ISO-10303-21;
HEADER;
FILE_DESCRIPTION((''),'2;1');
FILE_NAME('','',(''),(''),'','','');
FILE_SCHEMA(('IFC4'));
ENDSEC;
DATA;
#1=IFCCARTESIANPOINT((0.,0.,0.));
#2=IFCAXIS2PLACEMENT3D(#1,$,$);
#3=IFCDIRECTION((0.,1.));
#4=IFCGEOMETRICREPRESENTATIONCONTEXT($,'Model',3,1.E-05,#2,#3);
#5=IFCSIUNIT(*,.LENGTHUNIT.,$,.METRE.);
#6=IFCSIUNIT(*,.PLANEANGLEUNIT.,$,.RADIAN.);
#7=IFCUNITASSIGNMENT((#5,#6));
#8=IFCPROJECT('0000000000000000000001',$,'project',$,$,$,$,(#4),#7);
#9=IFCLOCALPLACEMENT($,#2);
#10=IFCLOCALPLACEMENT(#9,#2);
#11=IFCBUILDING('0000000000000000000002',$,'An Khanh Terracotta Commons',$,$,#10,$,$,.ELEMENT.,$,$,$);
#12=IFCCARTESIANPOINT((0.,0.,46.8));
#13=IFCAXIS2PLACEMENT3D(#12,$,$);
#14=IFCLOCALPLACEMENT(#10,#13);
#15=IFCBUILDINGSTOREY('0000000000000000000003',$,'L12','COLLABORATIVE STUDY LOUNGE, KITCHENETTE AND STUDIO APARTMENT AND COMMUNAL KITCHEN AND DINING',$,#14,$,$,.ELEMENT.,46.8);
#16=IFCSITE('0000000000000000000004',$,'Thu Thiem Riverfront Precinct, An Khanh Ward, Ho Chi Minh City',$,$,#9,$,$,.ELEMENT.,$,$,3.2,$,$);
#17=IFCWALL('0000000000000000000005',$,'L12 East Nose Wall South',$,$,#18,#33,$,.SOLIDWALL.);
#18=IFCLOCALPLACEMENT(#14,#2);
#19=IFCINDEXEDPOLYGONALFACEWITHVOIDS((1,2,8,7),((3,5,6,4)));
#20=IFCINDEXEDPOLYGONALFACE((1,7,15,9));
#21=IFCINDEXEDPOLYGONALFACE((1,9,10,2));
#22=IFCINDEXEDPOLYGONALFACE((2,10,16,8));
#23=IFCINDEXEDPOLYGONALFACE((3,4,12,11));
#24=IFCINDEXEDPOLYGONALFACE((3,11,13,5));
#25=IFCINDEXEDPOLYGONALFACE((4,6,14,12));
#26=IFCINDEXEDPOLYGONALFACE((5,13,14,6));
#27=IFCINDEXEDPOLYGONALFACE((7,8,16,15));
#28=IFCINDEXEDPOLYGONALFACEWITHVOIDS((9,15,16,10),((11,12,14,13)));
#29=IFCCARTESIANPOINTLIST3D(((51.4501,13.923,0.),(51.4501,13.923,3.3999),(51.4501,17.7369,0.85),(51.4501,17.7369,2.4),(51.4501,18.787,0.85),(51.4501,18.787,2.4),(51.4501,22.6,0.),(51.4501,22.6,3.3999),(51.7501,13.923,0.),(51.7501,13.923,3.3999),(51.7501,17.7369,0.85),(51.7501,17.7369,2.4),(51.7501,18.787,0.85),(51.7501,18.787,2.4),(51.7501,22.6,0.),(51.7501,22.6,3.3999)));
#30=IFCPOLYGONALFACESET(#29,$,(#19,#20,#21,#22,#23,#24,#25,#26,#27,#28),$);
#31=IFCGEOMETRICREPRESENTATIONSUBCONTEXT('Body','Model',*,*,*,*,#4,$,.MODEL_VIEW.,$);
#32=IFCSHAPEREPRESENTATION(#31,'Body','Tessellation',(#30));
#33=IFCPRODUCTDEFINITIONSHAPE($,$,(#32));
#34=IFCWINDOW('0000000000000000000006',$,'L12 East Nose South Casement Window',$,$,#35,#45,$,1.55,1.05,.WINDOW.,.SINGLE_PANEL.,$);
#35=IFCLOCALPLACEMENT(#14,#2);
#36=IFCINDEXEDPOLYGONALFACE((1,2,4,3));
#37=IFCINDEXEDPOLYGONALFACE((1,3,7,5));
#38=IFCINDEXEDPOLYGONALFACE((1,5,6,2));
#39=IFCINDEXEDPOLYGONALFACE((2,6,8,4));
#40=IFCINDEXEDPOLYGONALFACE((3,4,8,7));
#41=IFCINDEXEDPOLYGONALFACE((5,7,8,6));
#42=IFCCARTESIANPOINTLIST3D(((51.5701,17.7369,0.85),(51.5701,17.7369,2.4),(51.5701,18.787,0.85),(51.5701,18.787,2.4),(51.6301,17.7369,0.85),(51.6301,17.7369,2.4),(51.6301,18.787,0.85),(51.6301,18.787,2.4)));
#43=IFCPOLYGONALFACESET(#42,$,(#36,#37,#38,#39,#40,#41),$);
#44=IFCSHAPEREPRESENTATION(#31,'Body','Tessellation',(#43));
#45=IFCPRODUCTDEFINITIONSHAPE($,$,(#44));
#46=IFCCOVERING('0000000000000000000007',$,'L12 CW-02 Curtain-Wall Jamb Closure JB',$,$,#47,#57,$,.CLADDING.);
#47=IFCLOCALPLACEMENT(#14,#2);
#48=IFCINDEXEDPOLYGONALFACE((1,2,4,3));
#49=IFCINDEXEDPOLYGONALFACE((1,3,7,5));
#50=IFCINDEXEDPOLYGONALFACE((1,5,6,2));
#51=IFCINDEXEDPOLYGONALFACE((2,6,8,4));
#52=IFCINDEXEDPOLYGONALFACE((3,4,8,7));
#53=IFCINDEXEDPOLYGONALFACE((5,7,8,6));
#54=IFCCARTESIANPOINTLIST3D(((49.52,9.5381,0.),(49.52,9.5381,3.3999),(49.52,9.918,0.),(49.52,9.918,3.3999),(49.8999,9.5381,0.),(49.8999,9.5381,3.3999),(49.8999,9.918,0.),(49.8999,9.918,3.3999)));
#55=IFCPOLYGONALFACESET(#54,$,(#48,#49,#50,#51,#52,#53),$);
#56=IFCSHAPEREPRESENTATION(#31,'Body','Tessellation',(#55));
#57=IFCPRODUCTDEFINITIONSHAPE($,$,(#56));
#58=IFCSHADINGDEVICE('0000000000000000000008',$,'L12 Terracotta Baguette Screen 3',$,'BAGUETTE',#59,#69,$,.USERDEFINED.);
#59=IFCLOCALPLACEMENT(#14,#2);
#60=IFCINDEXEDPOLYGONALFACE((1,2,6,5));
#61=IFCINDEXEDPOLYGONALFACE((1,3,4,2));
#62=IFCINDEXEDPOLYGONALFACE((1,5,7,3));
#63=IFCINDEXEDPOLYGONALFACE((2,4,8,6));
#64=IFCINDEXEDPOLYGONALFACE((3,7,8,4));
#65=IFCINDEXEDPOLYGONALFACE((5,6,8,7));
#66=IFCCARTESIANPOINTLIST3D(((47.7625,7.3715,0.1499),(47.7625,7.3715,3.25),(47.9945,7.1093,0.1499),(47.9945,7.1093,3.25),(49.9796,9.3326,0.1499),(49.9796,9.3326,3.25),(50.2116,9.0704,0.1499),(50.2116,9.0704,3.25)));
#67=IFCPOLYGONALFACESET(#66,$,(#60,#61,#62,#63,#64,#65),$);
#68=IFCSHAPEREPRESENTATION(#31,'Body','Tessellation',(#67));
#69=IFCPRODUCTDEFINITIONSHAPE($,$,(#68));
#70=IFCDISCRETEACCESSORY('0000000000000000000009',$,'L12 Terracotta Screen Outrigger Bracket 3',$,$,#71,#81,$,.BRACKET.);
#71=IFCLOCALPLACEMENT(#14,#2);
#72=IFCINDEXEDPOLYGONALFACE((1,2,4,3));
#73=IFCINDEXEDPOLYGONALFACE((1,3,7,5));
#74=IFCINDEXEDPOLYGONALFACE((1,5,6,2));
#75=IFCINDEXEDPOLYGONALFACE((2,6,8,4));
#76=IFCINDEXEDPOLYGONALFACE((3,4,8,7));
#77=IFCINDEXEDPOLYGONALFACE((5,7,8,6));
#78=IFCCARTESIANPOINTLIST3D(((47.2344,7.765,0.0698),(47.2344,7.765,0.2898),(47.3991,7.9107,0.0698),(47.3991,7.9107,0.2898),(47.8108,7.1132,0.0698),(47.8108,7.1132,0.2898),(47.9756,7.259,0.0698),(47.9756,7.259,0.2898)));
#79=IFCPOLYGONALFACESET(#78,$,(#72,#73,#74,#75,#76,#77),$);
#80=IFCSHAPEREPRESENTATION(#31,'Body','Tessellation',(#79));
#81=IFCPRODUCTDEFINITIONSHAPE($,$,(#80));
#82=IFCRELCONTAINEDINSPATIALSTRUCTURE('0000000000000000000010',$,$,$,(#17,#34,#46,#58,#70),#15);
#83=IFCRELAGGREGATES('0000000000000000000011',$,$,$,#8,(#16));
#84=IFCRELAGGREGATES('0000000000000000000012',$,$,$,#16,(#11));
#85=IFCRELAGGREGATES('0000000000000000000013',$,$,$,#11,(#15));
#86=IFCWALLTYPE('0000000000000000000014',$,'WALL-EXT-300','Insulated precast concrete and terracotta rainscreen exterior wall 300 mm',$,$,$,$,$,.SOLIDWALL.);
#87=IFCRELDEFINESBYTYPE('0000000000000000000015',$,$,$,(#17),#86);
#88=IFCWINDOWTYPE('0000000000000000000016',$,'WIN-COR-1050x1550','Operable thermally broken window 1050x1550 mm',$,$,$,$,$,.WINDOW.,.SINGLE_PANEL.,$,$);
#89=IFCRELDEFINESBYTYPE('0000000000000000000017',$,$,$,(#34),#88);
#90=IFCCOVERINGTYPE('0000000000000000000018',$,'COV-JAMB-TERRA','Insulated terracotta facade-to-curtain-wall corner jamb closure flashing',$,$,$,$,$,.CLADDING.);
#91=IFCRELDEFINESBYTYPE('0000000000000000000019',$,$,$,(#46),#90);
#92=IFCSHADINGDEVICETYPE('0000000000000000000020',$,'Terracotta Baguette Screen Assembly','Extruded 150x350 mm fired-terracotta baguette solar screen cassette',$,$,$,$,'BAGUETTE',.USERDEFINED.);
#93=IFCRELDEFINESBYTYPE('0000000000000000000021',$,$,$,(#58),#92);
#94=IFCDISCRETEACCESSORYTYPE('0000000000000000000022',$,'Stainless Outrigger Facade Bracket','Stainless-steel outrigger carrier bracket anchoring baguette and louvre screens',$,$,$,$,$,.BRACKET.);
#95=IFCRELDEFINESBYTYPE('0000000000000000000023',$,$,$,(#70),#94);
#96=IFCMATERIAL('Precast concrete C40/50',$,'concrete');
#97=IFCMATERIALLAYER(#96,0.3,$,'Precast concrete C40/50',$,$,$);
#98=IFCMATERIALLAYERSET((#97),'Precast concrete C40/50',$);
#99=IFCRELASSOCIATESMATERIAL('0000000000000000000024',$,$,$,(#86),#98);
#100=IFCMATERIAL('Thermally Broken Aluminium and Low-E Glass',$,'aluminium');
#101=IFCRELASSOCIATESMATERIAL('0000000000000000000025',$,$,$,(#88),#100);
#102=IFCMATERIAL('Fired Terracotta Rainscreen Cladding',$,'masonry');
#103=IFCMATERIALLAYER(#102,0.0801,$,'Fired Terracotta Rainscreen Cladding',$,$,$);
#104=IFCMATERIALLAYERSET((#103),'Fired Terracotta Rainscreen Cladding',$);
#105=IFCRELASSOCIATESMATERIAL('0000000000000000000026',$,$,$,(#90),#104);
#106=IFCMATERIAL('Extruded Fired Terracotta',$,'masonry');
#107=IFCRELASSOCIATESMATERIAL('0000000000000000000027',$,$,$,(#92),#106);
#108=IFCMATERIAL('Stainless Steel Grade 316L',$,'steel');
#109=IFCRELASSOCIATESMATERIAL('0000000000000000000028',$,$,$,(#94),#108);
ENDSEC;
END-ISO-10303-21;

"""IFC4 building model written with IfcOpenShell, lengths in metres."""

from ifc_helpers import new_model, si_unit, direction, frame, frame_2d, origin, origin_2d, place, context, subcontext, project, spatial, rectangle, extrude, material, layer, layer_set, type_object, element, fill, save


model = new_model("IFC4")

# Units and contexts
model_context = context("Model", 3, precision=1e-05, world=origin(), true_north=direction((0.0, 1.0)))
body_context = subcontext(model_context, "Body", "Model", "MODEL_VIEW")
ifc_project = project(units=[si_unit("LENGTHUNIT", "METRE"), si_unit("PLANEANGLEUNIT", "RADIAN")], contexts=[model_context])

# Site, building, storey
site_placement = place(None, origin())
site = spatial("IfcSite", under=ifc_project, at=site_placement, Name="Thu Thiem Riverfront Precinct, An Khanh Ward, Ho Chi Minh City", CompositionType="ELEMENT", RefElevation=3.2)
building_placement = place(site_placement, origin())
building = spatial("IfcBuilding", under=site, at=building_placement, Name="An Khanh Terracotta Commons", CompositionType="ELEMENT")
storey_placement = place(building_placement, frame((0.0, 0.0, 46.8)))
storey = spatial("IfcBuildingStorey", under=building, at=storey_placement, Name="L12", Description="COLLABORATIVE STUDY LOUNGE, KITCHENETTE AND STUDIO APARTMENT AND COMMUNAL KITCHEN AND DINING", CompositionType="ELEMENT", Elevation=46.8)

# Shared definitions
ifc_material_1 = material(Name="Precast concrete C40/50", Category="concrete")
ifc_layer_1 = layer(ifc_material_1, 0.3, Name="Precast concrete C40/50")
ifc_layer_set_1 = layer_set([ifc_layer_1], Name="Precast concrete C40/50")
wall_type_1 = type_object("IfcWallType", Name="WALL-EXT-300", Description="Insulated precast concrete and terracotta rainscreen exterior wall 300 mm", PredefinedType="SOLIDWALL", material=ifc_layer_set_1)

# Wall, opening, window
ifc_material_2 = material(Name="Thermally Broken Aluminium and Low-E Glass", Category="aluminium")
window_type = type_object("IfcWindowType", Name="WIN-COR-1050x1550", Description="Operable thermally broken window 1050x1550 mm", PartitioningType="SINGLE_PANEL", PredefinedType="WINDOW", material=ifc_material_2)
wall_1_placement = place(storey_placement, frame((51.6001, 13.9231, 0.0), z_axis=(0.0, 0.0, 1.0), x_axis=(0.0, 1.0, 0.0)))
wall_1 = element("IfcWall", 1, at=wall_1_placement, inside=storey, type_object=wall_type_1, Name="L12 East Nose Wall South", PredefinedType="SOLIDWALL", context=body_context, shape_type="SweptSolid", body=[
    extrude(rectangle(XDim=8.677, YDim=0.3, at=frame_2d((4.3384, 0.0))), origin(), (0.0, 0.0, 1.0), 3.3999),
])
opening_1_placement = place(wall_1_placement, frame((3.814, 0.0, 0.8501)))
opening_1 = element("IfcOpeningElement", 2, at=opening_1_placement, cuts=wall_1, PredefinedType="OPENING", context=body_context, shape_type="SweptSolid", body=[
    extrude(rectangle(XDim=1.05, YDim=1.55, at=frame_2d((0.5249, 0.7749))), frame((0.0, 0.1599, 0.0), z_axis=(0.0, -1.0, 0.0), x_axis=(1.0, 0.0, 0.0)), (0.0, 0.0, 1.0), 0.3201),
])
window_1_placement = place(opening_1_placement, origin())
window_1 = element("IfcWindow", 3, at=window_1_placement, inside=storey, type_object=window_type, Name="L12 East Nose South Casement Window", OverallHeight=1.55, OverallWidth=1.05, PartitioningType="SINGLE_PANEL", PredefinedType="WINDOW", context=body_context, shape_type="SweptSolid", body=[
    extrude(rectangle(XDim=1.05, YDim=1.55, at=frame_2d((0.5249, 0.7749))), frame((0.0, 0.03, 0.0), z_axis=(0.0, -1.0, 0.0), x_axis=(1.0, 0.0, 0.0)), (0.0, 0.0, 1.0), 0.0601),
])
fill(opening_1, window_1)

# Covering
ifc_material_3 = material(Name="Fired Terracotta Rainscreen Cladding", Category="masonry")
ifc_layer_2 = layer(ifc_material_3, 0.0801, Name="Fired Terracotta Rainscreen Cladding")
ifc_layer_set_2 = layer_set([ifc_layer_2], Name="Fired Terracotta Rainscreen Cladding")
covering_type = type_object("IfcCoveringType", Name="COV-JAMB-TERRA", Description="Insulated terracotta facade-to-curtain-wall corner jamb closure flashing", PredefinedType="CLADDING", material=ifc_layer_set_2)
covering_placement = place(storey_placement, frame((49.71, 9.728, 0.0), z_axis=(0.0, 0.0, 1.0), x_axis=(1.0, 0.0, 0.0)))
element("IfcCovering", 4, at=covering_placement, inside=storey, type_object=covering_type, Name="L12 CW-02 Curtain-Wall Jamb Closure JB", PredefinedType="CLADDING", context=body_context, shape_type="SweptSolid", body=[
    extrude(rectangle(XDim=0.3799, YDim=0.3799, at=origin_2d()), origin(), (0.0, 0.0, 1.0), 3.3999),
])

# Shading device
ifc_material_4 = material(Name="Extruded Fired Terracotta", Category="masonry")
shading_device_type = type_object("IfcShadingDeviceType", Name="Terracotta Baguette Screen Assembly", Description="Extruded 150x350 mm fired-terracotta baguette solar screen cassette", ElementType="BAGUETTE", PredefinedType="USERDEFINED", material=ifc_material_4)
shading_device_placement = place(storey_placement, frame((48.9871, 8.2209, 0.1499), z_axis=(0.0, 0.0, 1.0), x_axis=(0.749019, 0.662548, 0.0)))
element("IfcShadingDevice", 5, at=shading_device_placement, inside=storey, type_object=shading_device_type, Name="L12 Terracotta Baguette Screen 3", ObjectType="BAGUETTE", PredefinedType="USERDEFINED", context=body_context, shape_type="SweptSolid", body=[
    extrude(rectangle(XDim=2.96, YDim=0.3501, at=origin_2d()), origin(), (0.0, 0.0, 1.0), 3.1001),
])

# Discrete accessory
ifc_material_5 = material(Name="Stainless Steel Grade 316L", Category="steel")
discrete_accessory_type = type_object("IfcDiscreteAccessoryType", Name="Stainless Outrigger Facade Bracket", Description="Stainless-steel outrigger carrier bracket anchoring baguette and louvre screens", PredefinedType="BRACKET", material=ifc_material_5)
discrete_accessory_placement = place(storey_placement, frame((47.605, 7.512, 0.0698), z_axis=(0.0, 0.0, 1.0), x_axis=(0.749019, 0.662548, 0.0)))
element("IfcDiscreteAccessory", 6, at=discrete_accessory_placement, inside=storey, type_object=discrete_accessory_type, Name="L12 Terracotta Screen Outrigger Bracket 3", PredefinedType="BRACKET", context=body_context, shape_type="SweptSolid", body=[
    extrude(rectangle(XDim=0.22, YDim=0.8701, at=origin_2d()), origin(), (0.0, 0.0, 1.0), 0.22),
])

save(model, "model.ifc")
